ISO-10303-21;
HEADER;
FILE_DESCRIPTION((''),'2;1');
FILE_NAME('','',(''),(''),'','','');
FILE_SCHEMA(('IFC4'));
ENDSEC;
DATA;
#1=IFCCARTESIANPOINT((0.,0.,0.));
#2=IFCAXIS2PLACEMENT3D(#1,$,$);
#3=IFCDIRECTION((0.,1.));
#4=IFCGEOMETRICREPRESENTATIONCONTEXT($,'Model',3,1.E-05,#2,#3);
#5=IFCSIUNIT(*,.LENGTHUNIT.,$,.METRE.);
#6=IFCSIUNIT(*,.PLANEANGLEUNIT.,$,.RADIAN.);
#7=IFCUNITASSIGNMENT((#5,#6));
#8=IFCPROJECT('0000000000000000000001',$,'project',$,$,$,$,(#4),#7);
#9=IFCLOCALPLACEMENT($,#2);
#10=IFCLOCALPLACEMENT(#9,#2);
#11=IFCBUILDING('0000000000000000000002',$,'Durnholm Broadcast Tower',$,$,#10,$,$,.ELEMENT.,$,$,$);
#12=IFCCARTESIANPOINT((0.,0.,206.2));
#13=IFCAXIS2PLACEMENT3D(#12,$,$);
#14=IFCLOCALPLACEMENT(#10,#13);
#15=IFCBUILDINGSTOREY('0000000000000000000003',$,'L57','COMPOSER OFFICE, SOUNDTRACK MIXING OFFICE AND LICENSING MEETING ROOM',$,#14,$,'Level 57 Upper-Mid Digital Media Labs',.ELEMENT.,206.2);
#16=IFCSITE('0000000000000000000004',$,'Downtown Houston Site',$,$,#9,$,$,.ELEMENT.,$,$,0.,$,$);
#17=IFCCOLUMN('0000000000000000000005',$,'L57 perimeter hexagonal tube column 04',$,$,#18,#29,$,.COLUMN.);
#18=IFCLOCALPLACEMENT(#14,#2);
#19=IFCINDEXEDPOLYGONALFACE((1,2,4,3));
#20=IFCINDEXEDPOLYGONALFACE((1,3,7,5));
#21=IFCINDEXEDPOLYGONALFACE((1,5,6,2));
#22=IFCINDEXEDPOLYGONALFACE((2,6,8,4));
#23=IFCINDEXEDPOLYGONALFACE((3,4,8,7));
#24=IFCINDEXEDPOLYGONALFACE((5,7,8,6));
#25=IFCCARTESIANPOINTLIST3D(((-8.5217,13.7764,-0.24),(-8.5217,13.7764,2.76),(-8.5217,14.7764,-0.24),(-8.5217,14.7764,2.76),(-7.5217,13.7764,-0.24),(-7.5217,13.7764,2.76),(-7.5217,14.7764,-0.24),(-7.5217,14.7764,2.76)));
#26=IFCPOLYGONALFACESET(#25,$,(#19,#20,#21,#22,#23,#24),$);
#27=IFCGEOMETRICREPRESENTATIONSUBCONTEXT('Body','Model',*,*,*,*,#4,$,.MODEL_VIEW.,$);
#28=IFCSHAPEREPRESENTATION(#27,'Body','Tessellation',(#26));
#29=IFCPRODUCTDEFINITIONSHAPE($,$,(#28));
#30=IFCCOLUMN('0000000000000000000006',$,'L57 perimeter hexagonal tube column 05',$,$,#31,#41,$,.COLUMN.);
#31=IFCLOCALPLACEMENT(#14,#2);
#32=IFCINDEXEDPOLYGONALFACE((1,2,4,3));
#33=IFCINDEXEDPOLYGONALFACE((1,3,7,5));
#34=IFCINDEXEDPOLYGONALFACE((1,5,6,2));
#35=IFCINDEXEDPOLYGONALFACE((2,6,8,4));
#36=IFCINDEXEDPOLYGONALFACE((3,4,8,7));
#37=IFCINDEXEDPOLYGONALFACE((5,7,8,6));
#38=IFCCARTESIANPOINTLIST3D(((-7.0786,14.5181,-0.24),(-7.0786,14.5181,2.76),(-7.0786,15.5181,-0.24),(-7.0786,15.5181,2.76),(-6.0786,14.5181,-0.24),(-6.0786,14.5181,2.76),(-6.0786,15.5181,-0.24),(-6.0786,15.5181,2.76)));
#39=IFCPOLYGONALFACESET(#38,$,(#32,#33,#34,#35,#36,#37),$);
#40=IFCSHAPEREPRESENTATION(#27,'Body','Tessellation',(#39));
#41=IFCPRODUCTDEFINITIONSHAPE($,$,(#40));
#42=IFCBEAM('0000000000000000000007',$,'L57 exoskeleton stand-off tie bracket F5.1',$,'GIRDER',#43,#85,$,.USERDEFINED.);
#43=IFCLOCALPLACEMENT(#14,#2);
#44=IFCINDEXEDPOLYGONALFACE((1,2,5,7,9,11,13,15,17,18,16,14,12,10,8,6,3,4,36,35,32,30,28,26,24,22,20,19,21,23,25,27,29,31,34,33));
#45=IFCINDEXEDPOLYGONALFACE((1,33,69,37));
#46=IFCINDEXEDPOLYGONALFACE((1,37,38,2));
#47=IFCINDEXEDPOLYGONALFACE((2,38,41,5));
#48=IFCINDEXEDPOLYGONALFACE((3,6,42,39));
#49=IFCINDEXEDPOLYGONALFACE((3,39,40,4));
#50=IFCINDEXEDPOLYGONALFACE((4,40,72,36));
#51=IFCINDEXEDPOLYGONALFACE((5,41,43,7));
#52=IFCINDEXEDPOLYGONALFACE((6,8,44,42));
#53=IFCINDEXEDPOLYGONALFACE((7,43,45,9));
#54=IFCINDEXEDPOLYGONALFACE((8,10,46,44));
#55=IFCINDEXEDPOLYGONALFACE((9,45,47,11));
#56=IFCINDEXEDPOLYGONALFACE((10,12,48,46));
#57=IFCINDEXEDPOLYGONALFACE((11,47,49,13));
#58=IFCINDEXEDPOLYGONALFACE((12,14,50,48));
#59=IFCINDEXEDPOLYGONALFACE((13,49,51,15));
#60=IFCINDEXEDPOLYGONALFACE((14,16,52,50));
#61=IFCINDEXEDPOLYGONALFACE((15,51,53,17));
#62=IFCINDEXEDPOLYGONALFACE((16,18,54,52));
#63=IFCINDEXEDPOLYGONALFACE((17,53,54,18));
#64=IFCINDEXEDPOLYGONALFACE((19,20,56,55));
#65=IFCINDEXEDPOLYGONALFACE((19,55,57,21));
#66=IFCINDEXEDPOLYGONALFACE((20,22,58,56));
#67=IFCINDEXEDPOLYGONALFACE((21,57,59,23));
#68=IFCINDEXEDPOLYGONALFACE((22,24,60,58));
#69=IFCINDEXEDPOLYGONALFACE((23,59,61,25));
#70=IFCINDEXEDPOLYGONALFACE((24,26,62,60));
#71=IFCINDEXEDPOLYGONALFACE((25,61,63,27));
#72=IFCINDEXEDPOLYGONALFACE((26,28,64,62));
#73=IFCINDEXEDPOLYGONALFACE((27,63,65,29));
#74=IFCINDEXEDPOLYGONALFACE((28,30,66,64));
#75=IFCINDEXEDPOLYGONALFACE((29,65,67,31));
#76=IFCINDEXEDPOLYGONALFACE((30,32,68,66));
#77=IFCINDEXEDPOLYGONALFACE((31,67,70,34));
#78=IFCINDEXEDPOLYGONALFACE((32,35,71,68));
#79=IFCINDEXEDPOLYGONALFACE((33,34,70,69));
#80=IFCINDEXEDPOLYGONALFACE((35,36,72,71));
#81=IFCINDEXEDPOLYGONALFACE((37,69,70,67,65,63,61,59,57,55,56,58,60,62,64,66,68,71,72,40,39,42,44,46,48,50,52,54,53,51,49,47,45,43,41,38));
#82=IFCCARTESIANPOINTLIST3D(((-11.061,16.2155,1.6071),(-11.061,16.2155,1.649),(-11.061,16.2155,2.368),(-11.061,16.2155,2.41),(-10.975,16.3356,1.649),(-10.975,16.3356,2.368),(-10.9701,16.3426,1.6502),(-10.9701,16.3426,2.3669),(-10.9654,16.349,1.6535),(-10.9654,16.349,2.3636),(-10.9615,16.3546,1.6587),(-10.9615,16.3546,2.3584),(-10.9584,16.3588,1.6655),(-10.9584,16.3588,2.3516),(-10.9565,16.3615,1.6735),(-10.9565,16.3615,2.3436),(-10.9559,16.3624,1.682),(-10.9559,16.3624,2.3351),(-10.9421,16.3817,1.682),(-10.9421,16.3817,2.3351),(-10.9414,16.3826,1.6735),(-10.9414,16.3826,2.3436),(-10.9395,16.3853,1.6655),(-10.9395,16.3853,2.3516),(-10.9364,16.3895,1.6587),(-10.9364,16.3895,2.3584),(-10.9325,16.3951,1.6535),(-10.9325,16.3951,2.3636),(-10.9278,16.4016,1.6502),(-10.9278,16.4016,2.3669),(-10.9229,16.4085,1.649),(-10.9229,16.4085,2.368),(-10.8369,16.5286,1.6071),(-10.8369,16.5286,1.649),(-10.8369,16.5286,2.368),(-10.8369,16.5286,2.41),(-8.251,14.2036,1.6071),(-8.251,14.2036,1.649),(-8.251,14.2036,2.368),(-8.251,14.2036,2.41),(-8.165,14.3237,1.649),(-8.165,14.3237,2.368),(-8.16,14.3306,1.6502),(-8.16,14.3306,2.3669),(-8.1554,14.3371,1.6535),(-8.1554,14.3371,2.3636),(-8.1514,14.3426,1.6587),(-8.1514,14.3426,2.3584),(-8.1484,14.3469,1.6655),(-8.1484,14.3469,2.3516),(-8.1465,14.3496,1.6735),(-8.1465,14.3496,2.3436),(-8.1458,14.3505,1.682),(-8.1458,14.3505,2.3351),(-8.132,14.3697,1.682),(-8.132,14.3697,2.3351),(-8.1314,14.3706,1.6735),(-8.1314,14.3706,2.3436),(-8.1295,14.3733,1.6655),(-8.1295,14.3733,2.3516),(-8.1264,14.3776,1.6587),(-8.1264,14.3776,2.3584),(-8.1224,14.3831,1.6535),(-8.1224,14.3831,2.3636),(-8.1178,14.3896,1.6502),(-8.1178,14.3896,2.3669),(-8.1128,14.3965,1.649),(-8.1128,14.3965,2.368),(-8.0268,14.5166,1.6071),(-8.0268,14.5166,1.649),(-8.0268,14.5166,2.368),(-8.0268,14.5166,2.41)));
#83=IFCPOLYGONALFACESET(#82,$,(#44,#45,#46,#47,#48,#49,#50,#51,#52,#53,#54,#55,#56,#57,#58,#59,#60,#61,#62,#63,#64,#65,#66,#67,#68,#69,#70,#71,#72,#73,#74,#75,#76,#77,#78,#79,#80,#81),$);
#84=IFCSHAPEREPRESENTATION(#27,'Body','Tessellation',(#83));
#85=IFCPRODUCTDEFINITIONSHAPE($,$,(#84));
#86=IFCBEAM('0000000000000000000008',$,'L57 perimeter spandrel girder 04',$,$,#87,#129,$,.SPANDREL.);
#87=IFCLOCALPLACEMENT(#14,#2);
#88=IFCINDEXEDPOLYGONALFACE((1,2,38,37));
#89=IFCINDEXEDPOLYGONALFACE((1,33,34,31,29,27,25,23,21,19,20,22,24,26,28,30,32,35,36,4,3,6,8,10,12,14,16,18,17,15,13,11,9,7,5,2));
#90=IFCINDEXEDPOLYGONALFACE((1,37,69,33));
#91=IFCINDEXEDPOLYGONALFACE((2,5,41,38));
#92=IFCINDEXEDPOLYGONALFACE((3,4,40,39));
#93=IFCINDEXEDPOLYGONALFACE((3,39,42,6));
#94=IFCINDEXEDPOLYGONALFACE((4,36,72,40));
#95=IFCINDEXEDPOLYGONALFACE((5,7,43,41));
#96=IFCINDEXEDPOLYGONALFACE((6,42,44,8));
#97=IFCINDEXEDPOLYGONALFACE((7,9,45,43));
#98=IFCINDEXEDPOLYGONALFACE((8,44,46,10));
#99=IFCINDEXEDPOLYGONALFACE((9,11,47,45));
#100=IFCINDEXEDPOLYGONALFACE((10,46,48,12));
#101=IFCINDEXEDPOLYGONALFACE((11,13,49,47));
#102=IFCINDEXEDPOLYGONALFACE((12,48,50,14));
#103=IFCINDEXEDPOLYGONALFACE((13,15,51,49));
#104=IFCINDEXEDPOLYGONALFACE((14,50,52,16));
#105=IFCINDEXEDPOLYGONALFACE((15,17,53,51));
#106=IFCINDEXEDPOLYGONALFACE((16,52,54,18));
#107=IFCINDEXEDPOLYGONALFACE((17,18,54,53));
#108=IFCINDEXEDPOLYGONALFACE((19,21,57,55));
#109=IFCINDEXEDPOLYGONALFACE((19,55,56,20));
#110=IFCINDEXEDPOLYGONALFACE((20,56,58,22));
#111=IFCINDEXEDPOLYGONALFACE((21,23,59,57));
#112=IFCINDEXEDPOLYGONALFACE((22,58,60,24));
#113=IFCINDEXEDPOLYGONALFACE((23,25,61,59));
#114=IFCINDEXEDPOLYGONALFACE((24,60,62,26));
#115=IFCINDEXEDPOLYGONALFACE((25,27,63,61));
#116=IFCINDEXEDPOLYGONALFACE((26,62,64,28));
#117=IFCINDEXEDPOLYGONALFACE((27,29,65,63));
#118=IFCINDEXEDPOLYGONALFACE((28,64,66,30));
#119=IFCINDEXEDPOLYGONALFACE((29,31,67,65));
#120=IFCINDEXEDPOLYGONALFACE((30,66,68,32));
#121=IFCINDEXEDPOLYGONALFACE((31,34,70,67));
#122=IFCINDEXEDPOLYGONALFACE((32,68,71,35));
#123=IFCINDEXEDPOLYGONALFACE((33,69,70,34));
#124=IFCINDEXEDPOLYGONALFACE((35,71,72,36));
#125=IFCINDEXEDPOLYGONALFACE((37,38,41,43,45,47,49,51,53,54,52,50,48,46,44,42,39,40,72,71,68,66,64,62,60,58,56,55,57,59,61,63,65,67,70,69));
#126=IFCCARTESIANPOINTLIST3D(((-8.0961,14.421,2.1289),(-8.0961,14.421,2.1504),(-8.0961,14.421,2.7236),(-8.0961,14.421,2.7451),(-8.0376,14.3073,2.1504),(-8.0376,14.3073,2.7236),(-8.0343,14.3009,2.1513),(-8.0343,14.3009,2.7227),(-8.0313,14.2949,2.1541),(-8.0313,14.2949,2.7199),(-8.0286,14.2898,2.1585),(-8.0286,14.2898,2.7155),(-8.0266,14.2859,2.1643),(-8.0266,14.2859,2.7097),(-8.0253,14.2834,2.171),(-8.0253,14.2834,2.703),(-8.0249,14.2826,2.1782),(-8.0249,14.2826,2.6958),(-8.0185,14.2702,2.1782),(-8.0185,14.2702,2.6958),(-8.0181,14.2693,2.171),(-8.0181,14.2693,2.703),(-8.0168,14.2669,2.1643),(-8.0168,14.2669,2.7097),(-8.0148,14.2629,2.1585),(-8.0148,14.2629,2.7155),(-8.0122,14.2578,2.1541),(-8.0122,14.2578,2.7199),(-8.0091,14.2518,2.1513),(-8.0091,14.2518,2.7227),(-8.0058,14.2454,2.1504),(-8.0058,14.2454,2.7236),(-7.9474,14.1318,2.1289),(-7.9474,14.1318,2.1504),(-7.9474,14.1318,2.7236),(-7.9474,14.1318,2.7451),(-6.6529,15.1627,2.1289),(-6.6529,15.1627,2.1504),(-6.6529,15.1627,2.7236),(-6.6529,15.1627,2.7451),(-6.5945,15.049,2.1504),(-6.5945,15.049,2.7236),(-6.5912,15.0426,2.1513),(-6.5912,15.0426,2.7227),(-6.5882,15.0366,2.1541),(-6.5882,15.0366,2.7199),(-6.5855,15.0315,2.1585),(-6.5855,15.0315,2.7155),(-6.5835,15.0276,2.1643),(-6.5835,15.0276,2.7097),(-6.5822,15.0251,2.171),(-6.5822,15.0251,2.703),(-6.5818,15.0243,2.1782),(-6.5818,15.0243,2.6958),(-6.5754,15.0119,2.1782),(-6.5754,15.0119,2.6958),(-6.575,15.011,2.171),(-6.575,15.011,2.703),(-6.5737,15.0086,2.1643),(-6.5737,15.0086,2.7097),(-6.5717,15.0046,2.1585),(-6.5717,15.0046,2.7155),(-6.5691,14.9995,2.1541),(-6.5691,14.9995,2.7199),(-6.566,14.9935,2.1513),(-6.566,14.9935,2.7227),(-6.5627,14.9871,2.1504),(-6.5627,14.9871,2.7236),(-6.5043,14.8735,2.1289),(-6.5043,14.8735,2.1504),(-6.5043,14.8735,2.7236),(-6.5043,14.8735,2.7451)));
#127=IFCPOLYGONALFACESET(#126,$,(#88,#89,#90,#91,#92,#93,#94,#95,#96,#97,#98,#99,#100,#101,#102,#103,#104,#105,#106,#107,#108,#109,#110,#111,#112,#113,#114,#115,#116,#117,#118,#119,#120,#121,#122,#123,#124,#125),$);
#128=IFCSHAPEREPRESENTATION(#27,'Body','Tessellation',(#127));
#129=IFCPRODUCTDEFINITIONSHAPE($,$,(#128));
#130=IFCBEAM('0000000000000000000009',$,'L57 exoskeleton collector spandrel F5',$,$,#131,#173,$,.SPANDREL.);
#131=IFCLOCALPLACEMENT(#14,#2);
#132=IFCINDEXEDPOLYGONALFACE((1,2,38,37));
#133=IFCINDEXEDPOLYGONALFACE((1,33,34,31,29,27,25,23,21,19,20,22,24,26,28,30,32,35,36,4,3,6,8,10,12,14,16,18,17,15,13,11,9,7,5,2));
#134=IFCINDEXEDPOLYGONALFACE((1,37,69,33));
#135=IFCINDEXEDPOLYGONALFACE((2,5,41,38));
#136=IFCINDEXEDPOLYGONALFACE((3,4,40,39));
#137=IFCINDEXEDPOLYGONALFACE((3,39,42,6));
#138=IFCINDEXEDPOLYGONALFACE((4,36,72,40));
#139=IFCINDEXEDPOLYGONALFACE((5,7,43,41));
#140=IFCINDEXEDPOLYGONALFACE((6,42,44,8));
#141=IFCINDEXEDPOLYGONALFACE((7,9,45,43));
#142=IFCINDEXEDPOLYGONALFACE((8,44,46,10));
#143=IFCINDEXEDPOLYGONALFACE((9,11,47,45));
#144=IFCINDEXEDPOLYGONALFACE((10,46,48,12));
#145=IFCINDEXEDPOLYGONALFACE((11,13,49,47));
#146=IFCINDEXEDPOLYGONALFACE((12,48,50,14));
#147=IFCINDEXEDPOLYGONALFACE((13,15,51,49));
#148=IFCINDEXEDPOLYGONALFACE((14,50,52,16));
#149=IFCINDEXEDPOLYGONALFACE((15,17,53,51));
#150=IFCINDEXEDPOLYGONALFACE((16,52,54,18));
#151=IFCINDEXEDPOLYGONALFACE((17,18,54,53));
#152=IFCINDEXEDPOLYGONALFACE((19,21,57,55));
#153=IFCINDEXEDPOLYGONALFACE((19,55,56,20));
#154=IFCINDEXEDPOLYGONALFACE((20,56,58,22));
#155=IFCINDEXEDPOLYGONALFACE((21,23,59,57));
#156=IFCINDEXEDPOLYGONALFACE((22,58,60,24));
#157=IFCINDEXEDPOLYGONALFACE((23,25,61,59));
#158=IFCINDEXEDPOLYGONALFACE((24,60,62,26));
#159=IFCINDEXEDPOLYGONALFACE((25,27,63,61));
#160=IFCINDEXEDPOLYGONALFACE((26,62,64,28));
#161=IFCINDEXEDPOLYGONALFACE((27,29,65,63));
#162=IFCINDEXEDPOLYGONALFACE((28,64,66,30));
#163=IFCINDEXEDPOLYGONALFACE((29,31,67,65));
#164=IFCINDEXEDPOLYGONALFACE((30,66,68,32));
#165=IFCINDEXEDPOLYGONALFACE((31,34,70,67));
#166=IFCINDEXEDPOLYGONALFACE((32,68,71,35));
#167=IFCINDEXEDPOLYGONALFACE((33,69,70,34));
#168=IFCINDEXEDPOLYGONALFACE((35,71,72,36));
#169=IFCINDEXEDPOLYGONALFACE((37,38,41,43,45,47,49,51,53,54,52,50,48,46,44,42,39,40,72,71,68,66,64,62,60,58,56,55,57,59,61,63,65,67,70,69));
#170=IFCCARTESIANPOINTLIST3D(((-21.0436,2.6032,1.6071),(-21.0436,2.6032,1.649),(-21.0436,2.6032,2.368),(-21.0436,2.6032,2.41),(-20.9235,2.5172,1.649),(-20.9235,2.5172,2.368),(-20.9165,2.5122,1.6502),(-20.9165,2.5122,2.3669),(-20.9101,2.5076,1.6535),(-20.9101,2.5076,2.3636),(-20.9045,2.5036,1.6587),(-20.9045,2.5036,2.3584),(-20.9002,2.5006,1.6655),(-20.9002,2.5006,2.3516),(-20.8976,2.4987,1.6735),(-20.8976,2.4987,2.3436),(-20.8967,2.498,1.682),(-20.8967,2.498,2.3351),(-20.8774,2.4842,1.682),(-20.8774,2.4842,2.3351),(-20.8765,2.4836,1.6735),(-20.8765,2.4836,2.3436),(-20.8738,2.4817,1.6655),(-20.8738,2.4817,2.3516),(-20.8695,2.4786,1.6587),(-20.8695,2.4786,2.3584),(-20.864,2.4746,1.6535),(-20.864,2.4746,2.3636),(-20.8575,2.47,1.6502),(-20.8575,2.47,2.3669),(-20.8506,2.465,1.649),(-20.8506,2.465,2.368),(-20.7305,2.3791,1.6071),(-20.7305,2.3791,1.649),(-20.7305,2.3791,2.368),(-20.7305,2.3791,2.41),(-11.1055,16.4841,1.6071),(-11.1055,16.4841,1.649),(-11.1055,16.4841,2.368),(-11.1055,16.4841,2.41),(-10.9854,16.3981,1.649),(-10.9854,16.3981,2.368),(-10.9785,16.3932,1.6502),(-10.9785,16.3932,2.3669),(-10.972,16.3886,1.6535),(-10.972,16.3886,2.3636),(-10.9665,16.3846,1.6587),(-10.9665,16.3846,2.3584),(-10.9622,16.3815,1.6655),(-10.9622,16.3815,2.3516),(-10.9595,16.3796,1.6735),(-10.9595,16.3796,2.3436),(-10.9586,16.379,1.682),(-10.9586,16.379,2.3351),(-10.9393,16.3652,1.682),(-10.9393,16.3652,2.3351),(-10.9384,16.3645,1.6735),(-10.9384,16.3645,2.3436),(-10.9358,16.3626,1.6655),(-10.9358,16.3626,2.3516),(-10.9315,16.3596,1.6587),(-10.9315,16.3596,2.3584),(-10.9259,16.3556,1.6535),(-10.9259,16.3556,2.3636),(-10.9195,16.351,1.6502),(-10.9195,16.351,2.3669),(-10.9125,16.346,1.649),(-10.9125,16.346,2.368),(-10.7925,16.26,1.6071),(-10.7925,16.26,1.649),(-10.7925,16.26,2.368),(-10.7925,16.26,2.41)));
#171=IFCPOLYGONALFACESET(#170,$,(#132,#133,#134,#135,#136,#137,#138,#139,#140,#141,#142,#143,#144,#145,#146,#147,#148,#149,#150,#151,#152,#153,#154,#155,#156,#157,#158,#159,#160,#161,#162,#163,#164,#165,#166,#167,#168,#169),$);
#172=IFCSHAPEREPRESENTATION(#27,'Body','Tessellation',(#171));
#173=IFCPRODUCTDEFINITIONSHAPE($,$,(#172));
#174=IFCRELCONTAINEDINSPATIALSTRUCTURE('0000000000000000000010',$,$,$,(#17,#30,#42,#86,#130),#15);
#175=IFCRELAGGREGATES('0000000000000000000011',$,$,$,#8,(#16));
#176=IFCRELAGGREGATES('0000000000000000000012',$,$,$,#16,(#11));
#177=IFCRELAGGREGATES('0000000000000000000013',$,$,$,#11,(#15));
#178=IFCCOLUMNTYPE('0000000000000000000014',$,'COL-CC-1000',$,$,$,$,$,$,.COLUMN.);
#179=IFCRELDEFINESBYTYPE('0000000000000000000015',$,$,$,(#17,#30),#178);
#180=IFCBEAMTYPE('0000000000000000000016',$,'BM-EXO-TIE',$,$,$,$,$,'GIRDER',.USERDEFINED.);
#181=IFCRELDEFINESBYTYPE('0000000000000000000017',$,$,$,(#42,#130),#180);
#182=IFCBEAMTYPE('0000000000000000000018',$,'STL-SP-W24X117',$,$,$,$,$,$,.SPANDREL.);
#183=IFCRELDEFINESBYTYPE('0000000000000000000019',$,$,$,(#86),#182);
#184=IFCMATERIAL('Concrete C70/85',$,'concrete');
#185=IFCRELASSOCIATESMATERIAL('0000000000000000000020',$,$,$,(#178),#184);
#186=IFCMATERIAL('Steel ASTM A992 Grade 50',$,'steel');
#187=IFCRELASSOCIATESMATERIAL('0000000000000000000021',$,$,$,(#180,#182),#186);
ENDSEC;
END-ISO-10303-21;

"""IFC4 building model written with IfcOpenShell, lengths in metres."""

from ifc_helpers import new_model, si_unit, direction, frame, origin, origin_2d, place, context, subcontext, project, spatial, rectangle, i_section, extrude, source, transform, mapped, material, material_profile, profile_set, type_object, type_shapes, element, save


model = new_model("IFC4")

# Units and contexts
model_context = context("Model", 3, precision=1e-05, world=origin(), true_north=direction((0.0, 1.0)))
body_context = subcontext(model_context, "Body", "Model", "MODEL_VIEW")
ifc_project = project(units=[si_unit("LENGTHUNIT", "METRE"), si_unit("PLANEANGLEUNIT", "RADIAN")], contexts=[model_context])

# Site, building, storey
site_placement = place(None, origin())
site = spatial("IfcSite", under=ifc_project, at=site_placement, Name="Downtown Houston Site", CompositionType="ELEMENT", RefElevation=0.0)
building_placement = place(site_placement, origin())
building = spatial("IfcBuilding", under=site, at=building_placement, Name="Durnholm Broadcast Tower", CompositionType="ELEMENT")
storey_placement = place(building_placement, frame((0.0, 0.0, 206.2)))
storey = spatial("IfcBuildingStorey", under=building, at=storey_placement, Name="L57", Description="COMPOSER OFFICE, SOUNDTRACK MIXING OFFICE AND LICENSING MEETING ROOM", LongName="Level 57 Upper-Mid Digital Media Labs", CompositionType="ELEMENT", Elevation=206.2)

# Columns
ifc_material_1 = material(Name="Concrete C70/85", Category="concrete")
ifc_material_profile_1 = material_profile(ifc_material_1, rectangle(XDim=1.0, YDim=1.0, at=origin_2d()), Name="RC1000X1000")
ifc_profile_set_1 = profile_set([ifc_material_profile_1], Name="Concrete C70/85")
column_type = type_object("IfcColumnType", Name="COL-CC-1000", PredefinedType="COLUMN", material=ifc_profile_set_1)
shared_shape_1 = source(origin(), body_context, "Body", "SweptSolid", [
    extrude(rectangle(XDim=1.0, YDim=1.0, at=origin_2d()), origin(), (0.0, 0.0, 1.0), 3.0),
])
type_shapes(column_type, [shared_shape_1])
for number, where, z_axis, x_axis, name in (
    (1, (-8.0217, 14.2764, -0.24), (0.0, 0.0, 1.0), (1.0, 0.0, 0.0), "L57 perimeter hexagonal tube column 04"),
    (2, (-6.5786, 15.0181, -0.24), (0.0, 0.0, 1.0), (1.0, 0.0, 0.0), "L57 perimeter hexagonal tube column 05"),
):
    element("IfcColumn", number, at=place(storey_placement, frame(where, z_axis=z_axis, x_axis=x_axis)), inside=storey, type_object=column_type, Name=name, PredefinedType="COLUMN", context=body_context, shape_type="MappedRepresentation", body=[
        mapped(shared_shape_1, transform((0.0, 0.0, 0.0), x_axis=(1.0, 0.0, 0.0), y_axis=(0.0, 1.0, 0.0), z_axis=(0.0, 0.0, 1.0), scale=1.0)),
    ])

# Beams
ifc_material_2 = material(Name="Steel ASTM A992 Grade 50", Category="steel")
ifc_material_profile_2 = material_profile(ifc_material_2, i_section(OverallWidth=0.385, OverallDepth=0.803, WebThickness=0.0237, FlangeThickness=0.042, FilletRadius=0.033, at=origin_2d()), Name="W30X261")
ifc_profile_set_2 = profile_set([ifc_material_profile_2], Name="Steel ASTM A992 Grade 50")
beam_type_1 = type_object("IfcBeamType", Name="BM-EXO-TIE", ElementType="GIRDER", PredefinedType="USERDEFINED", material=ifc_profile_set_2)
shared_shape_2 = source(origin(), body_context, "Body", "SweptSolid", [
    extrude(i_section(OverallWidth=0.385, OverallDepth=0.803, WebThickness=0.0237, FlangeThickness=0.042, FilletRadius=0.033, at=origin_2d()), origin(), (0.0, 0.0, 1.0), 3.4561),
])
beam_1_placement = place(storey_placement, frame((-8.1389, 14.3601, 2.0085), z_axis=(-0.813079, 0.582153, 0.0), x_axis=(-0.582153, -0.813079, 0.0)))
element("IfcBeam", 3, at=beam_1_placement, inside=storey, type_object=beam_type_1, Name="L57 exoskeleton stand-off tie bracket F5.1", ObjectType="GIRDER", PredefinedType="USERDEFINED", context=body_context, shape_type="MappedRepresentation", body=[
    mapped(shared_shape_2, transform((0.0, 0.0, 0.0), x_axis=(1.0, 0.0, 0.0), y_axis=(0.0, 1.0, 0.0), z_axis=(0.0, 0.0, 1.0), scale=1.0)),
])
ifc_material_profile_3 = material_profile(ifc_material_2, i_section(OverallWidth=0.3252, OverallDepth=0.6162, WebThickness=0.0139, FlangeThickness=0.0215, FilletRadius=0.0278, at=origin_2d()), Name="W24X117")
ifc_profile_set_3 = profile_set([ifc_material_profile_3], Name="Steel ASTM A992 Grade 50")
beam_type_2 = type_object("IfcBeamType", Name="STL-SP-W24X117", PredefinedType="SPANDREL", material=ifc_profile_set_3)
shared_shape_3 = source(origin(), body_context, "Body", "SweptSolid", [
    extrude(i_section(OverallWidth=0.3252, OverallDepth=0.6162, WebThickness=0.0139, FlangeThickness=0.0215, FilletRadius=0.0278, at=origin_2d()), origin(), (0.0, 0.0, 1.0), 1.6226),
])
type_shapes(beam_type_2, [shared_shape_3])
beam_2_placement = place(storey_placement, frame((-8.0217, 14.2764, 2.437), z_axis=(0.889407, 0.457117, 0.0), x_axis=(-0.457117, 0.889407, 0.0)))
element("IfcBeam", 4, at=beam_2_placement, inside=storey, type_object=beam_type_2, Name="L57 perimeter spandrel girder 04", PredefinedType="SPANDREL", context=body_context, shape_type="MappedRepresentation", body=[
    mapped(shared_shape_3, transform((0.0, 0.0, 0.0), x_axis=(1.0, 0.0, 0.0), y_axis=(0.0, 1.0, 0.0), z_axis=(0.0, 0.0, 1.0), scale=1.0)),
])
shared_shape_4 = source(origin(), body_context, "Body", "SweptSolid", [
    extrude(i_section(OverallWidth=0.385, OverallDepth=0.803, WebThickness=0.0237, FlangeThickness=0.042, FilletRadius=0.033, at=origin_2d()), origin(), (0.0, 0.0, 1.0), 17.0718),
])
type_shapes(beam_type_1, [shared_shape_2, shared_shape_4])
beam_3_placement = place(storey_placement, frame((-10.949, 16.3721, 2.0085), z_axis=(-0.582133, -0.813093, 0.0), x_axis=(0.813093, -0.582133, 0.0)))
element("IfcBeam", 5, at=beam_3_placement, inside=storey, type_object=beam_type_1, Name="L57 exoskeleton collector spandrel F5", PredefinedType="SPANDREL", context=body_context, shape_type="MappedRepresentation", body=[
    mapped(shared_shape_4, transform((0.0, 0.0, 0.0), x_axis=(1.0, 0.0, 0.0), y_axis=(0.0, 1.0, 0.0), z_axis=(0.0, 0.0, 1.0), scale=1.0)),
])

save(model, "model.ifc")
